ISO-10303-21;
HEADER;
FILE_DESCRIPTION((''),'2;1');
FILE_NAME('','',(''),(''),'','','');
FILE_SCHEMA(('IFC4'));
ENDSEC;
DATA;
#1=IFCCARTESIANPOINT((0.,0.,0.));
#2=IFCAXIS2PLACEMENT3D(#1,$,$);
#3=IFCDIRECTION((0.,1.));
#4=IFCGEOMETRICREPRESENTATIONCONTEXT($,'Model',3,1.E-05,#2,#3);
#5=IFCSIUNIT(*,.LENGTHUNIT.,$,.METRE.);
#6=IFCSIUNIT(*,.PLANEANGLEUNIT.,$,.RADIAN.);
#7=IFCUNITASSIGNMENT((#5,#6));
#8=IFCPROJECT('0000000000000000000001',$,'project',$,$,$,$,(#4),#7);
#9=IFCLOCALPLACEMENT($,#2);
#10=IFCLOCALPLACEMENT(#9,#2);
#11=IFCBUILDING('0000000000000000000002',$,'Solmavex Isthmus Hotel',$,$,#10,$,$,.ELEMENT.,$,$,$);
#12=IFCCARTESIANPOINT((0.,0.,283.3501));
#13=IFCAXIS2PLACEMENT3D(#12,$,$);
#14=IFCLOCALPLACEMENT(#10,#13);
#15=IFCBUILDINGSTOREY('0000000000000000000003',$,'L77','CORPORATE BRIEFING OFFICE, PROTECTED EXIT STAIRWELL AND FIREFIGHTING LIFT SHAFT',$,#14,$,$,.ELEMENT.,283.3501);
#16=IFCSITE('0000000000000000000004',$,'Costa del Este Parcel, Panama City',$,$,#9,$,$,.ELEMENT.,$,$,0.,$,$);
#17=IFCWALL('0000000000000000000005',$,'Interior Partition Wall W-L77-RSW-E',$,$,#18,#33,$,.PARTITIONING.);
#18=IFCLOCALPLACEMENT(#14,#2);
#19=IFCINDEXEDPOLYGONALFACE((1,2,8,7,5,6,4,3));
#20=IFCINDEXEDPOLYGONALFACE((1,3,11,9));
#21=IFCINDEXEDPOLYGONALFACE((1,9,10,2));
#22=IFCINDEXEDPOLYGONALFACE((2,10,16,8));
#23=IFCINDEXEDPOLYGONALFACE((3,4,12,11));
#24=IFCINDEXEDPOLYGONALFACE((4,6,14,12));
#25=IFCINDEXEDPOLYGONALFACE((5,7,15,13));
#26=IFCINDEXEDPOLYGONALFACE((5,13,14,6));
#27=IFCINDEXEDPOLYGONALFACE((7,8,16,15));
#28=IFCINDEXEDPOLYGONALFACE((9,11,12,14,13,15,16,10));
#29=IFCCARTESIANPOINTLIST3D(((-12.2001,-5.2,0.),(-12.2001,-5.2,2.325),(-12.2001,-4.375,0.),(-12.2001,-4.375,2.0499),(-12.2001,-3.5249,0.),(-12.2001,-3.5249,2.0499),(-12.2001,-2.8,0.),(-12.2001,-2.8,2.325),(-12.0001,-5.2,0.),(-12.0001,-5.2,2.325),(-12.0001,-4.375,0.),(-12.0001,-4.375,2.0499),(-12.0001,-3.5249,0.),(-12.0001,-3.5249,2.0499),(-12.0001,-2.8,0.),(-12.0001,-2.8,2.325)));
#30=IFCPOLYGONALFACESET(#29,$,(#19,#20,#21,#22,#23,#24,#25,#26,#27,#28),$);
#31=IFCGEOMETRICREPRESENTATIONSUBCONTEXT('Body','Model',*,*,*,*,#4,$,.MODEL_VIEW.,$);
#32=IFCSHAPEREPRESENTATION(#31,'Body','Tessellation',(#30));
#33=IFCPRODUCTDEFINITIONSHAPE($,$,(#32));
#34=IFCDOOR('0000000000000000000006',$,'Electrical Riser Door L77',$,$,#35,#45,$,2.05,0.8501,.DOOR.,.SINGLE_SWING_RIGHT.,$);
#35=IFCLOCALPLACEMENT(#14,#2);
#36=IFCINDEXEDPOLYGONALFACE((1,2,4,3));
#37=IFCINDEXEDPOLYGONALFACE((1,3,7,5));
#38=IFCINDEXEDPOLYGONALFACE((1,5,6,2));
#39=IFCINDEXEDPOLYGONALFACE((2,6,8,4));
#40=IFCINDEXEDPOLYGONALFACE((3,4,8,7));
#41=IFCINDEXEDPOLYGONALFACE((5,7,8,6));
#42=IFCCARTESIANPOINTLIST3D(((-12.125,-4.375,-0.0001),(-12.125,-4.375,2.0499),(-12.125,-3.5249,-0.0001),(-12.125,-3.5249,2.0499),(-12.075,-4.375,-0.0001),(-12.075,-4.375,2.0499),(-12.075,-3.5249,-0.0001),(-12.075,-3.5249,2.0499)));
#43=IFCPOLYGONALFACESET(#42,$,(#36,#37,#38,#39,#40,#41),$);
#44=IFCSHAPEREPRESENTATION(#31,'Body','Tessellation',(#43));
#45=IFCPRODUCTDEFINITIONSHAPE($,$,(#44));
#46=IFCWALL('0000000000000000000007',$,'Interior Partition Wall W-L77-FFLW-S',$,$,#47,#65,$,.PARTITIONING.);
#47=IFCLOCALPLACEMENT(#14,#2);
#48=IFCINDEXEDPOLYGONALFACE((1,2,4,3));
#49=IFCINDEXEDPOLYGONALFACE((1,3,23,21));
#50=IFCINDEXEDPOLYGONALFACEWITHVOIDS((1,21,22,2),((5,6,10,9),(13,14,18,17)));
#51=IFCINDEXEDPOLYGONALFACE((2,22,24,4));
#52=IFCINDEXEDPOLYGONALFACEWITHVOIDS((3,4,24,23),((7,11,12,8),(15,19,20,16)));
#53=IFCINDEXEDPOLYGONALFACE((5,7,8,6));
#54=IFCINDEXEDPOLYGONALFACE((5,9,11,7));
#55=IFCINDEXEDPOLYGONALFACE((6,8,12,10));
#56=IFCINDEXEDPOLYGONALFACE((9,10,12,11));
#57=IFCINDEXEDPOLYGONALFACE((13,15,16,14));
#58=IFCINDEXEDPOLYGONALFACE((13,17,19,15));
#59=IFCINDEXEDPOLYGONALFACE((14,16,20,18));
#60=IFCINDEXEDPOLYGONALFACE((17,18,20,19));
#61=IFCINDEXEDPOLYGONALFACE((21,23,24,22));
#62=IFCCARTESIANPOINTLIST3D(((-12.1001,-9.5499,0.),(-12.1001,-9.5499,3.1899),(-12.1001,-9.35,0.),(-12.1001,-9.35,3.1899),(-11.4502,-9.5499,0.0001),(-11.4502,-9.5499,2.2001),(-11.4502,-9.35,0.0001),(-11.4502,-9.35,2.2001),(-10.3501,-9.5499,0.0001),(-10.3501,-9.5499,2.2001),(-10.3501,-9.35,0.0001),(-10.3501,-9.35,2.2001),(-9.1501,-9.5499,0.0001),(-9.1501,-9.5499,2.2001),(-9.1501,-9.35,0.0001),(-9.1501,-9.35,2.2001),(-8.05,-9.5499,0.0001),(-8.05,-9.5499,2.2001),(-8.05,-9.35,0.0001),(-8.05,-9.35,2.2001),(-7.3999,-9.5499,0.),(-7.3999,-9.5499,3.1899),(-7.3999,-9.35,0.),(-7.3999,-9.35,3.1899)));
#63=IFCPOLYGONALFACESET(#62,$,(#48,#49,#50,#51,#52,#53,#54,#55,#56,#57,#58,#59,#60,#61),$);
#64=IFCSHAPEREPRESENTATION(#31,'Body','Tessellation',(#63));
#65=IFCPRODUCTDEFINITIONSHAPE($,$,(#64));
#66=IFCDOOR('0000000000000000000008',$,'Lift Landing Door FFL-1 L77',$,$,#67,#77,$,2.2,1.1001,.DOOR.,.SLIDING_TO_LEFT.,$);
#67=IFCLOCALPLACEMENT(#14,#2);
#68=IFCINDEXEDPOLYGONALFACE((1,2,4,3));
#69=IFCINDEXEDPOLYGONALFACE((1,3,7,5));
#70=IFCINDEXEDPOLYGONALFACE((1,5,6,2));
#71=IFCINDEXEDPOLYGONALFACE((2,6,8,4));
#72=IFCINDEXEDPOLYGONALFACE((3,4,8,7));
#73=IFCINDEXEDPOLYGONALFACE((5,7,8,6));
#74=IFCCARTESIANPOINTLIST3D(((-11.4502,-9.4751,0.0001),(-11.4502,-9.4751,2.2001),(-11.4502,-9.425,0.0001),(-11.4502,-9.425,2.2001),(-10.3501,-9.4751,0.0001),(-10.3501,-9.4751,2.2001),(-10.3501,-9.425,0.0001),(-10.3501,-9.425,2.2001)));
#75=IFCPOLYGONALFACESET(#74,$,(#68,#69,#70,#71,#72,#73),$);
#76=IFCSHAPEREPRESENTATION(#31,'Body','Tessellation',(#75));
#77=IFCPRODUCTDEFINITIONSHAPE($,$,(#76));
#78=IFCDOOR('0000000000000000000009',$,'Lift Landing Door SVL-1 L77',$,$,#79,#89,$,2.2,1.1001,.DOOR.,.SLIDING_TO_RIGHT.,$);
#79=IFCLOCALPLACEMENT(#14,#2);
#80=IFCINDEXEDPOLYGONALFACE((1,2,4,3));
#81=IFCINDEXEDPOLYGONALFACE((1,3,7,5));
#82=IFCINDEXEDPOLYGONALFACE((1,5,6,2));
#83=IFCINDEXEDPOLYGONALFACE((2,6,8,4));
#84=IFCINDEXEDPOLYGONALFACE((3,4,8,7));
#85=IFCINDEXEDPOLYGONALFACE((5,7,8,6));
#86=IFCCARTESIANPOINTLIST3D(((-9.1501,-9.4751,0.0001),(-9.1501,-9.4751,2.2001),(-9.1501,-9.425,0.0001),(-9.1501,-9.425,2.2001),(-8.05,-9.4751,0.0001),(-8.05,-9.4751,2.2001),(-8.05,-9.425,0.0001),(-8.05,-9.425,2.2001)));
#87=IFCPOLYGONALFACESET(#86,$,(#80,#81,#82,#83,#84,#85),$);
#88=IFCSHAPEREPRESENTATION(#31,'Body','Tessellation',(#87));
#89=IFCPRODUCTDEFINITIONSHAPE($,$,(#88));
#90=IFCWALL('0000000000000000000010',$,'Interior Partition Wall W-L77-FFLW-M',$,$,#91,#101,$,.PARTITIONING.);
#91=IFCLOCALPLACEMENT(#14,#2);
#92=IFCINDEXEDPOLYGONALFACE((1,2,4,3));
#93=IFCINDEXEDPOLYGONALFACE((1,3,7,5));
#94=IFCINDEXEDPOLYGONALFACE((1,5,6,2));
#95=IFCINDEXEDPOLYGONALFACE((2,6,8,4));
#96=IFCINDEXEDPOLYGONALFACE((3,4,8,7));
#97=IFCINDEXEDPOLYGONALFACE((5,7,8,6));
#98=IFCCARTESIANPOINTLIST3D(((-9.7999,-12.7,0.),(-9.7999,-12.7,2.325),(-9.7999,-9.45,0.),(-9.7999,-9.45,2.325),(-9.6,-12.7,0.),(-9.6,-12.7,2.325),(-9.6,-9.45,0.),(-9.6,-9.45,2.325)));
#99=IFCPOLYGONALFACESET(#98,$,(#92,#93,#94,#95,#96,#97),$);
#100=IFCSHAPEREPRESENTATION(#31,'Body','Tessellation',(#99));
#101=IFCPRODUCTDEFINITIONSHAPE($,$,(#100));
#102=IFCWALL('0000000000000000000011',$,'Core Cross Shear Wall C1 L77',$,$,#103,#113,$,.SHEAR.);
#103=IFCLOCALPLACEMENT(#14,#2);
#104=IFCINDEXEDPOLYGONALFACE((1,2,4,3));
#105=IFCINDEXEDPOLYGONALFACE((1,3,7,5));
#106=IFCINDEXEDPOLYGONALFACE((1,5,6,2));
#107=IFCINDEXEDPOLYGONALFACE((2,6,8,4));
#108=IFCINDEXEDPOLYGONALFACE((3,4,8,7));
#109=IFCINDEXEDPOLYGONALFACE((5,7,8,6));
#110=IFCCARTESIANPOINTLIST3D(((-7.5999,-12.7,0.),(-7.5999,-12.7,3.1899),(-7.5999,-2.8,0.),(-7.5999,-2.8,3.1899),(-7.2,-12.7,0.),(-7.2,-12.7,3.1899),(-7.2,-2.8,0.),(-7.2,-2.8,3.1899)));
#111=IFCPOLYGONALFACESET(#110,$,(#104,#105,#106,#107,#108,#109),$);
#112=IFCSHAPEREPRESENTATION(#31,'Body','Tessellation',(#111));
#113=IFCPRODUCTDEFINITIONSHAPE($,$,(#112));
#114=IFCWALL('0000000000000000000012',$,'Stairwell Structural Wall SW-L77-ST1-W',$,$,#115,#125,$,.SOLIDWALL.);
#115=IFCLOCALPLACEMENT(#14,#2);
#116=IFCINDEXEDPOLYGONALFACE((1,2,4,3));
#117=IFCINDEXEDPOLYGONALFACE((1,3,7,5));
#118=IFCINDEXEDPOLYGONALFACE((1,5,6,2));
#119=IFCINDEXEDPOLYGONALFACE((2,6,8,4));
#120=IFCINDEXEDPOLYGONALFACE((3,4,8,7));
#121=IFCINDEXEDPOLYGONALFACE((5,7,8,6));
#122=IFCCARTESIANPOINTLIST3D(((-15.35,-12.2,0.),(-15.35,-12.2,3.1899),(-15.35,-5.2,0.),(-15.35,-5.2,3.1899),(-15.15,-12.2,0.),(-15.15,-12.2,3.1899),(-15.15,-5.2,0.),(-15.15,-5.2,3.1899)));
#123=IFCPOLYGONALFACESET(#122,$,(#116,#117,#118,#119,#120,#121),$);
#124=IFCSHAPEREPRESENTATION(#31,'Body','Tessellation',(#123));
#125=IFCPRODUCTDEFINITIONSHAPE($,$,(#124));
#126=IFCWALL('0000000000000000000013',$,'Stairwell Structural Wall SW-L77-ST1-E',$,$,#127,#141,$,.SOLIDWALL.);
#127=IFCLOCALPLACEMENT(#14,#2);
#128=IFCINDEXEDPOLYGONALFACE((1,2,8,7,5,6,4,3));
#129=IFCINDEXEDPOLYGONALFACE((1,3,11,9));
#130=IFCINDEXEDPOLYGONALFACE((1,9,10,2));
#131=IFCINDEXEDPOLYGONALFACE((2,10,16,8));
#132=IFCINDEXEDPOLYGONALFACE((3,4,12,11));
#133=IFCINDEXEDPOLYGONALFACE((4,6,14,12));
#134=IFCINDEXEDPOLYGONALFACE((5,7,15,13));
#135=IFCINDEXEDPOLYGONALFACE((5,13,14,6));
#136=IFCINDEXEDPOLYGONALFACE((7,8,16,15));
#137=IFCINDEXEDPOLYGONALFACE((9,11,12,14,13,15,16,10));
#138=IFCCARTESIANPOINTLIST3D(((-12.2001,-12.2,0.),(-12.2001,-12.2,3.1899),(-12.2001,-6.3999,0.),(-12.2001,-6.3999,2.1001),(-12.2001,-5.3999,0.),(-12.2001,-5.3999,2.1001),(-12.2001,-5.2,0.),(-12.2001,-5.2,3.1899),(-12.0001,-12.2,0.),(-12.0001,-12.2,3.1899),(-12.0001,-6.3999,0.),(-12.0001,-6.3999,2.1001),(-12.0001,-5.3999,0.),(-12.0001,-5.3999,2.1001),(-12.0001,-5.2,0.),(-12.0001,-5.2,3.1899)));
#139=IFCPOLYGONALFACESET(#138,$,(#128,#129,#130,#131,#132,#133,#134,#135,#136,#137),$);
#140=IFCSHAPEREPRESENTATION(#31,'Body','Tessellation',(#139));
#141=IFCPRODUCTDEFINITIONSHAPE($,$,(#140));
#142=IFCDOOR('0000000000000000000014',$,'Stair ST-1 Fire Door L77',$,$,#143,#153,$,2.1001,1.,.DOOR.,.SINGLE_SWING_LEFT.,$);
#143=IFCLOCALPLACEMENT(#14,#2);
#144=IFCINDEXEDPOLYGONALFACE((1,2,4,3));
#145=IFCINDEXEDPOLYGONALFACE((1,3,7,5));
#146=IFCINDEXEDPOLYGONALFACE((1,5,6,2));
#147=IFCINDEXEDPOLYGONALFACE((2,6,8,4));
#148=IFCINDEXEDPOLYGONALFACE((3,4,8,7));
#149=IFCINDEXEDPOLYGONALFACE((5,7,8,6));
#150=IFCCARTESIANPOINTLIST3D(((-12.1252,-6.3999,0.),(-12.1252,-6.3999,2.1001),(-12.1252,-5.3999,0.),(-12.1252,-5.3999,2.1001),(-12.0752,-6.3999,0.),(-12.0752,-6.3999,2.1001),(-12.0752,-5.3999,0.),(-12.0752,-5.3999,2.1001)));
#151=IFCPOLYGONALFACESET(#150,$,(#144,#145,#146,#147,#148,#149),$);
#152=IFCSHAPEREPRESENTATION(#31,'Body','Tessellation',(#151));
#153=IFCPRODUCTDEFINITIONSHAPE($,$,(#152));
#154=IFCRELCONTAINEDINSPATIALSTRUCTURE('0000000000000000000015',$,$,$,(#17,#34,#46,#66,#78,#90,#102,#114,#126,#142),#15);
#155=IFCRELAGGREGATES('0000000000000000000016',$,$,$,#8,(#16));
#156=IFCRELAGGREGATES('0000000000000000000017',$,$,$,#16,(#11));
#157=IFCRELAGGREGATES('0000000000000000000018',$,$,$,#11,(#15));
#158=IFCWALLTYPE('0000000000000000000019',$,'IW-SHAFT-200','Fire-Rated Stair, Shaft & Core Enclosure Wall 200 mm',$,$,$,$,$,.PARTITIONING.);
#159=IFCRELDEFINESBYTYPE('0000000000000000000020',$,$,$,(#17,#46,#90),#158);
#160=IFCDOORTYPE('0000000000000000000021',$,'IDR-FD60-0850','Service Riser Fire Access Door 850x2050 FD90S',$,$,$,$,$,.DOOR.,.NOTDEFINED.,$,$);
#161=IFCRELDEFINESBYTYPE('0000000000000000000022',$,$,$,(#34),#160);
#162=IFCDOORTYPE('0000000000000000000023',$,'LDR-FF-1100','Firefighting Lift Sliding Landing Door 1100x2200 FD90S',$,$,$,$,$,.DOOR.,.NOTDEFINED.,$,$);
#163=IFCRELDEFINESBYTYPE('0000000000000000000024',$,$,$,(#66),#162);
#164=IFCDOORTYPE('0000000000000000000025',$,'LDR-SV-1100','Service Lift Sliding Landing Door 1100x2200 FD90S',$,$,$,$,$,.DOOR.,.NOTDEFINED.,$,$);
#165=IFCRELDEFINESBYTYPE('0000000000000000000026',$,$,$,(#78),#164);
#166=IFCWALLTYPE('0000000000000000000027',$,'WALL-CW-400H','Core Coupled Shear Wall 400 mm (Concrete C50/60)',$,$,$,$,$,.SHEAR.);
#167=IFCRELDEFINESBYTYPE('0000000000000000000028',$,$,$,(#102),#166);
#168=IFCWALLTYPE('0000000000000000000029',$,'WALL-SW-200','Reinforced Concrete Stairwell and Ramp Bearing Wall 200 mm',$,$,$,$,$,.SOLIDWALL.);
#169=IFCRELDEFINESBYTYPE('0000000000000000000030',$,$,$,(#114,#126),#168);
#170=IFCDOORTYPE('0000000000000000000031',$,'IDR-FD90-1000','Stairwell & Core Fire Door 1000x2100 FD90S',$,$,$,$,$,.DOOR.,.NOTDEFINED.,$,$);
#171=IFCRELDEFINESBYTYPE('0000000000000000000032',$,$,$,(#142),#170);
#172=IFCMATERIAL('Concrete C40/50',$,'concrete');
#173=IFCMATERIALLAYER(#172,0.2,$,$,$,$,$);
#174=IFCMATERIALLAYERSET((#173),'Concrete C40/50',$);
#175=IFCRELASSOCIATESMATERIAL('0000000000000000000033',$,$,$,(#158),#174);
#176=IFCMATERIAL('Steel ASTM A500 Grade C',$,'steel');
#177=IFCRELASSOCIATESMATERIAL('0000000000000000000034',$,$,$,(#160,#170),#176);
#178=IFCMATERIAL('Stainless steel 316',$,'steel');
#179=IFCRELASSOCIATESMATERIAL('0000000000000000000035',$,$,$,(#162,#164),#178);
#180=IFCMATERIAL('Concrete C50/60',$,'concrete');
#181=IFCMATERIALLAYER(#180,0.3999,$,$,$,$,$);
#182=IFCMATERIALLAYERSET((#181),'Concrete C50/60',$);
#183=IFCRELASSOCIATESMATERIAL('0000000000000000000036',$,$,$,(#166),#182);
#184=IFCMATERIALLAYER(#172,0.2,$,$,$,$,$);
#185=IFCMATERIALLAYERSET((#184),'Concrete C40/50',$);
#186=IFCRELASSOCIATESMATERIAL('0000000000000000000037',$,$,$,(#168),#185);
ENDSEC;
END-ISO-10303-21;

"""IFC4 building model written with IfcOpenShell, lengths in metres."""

from ifc_helpers import new_model, si_unit, direction, frame, frame_2d, origin, place, context, subcontext, project, spatial, rectangle, extrude, material, layer, layer_set, type_object, element, fill, save


model = new_model("IFC4")

# Units and contexts
model_context = context("Model", 3, precision=1e-05, world=origin(), true_north=direction((0.0, 1.0)))
body_context = subcontext(model_context, "Body", "Model", "MODEL_VIEW")
ifc_project = project(units=[si_unit("LENGTHUNIT", "METRE"), si_unit("PLANEANGLEUNIT", "RADIAN")], contexts=[model_context])

# Site, building, storey
site_placement = place(None, origin())
site = spatial("IfcSite", under=ifc_project, at=site_placement, Name="Costa del Este Parcel, Panama City", CompositionType="ELEMENT", RefElevation=0.0)
building_placement = place(site_placement, origin())
building = spatial("IfcBuilding", under=site, at=building_placement, Name="Solmavex Isthmus Hotel", CompositionType="ELEMENT")
storey_placement = place(building_placement, frame((0.0, 0.0, 283.3501)))
storey = spatial("IfcBuildingStorey", under=building, at=storey_placement, Name="L77", Description="CORPORATE BRIEFING OFFICE, PROTECTED EXIT STAIRWELL AND FIREFIGHTING LIFT SHAFT", CompositionType="ELEMENT", Elevation=283.3501)

# Shared definitions
ifc_material_1 = material(Name="Concrete C50/60", Category="concrete")

# Wall, opening, door
ifc_material_2 = material(Name="Concrete C40/50", Category="concrete")
ifc_layer_1 = layer(ifc_material_2, 0.2)
ifc_layer_set_1 = layer_set([ifc_layer_1], Name="Concrete C40/50")
wall_type_1 = type_object("IfcWallType", Name="IW-SHAFT-200", Description="Fire-Rated Stair, Shaft & Core Enclosure Wall 200 mm", PredefinedType="PARTITIONING", material=ifc_layer_set_1)
wall_1_placement = place(storey_placement, frame((-12.1001, -5.2, 0.0), z_axis=(0.0, 0.0, 1.0), x_axis=(0.0, 1.0, 0.0)))
wall_1 = element("IfcWall", 1, at=wall_1_placement, inside=storey, type_object=wall_type_1, Name="Interior Partition Wall W-L77-RSW-E", PredefinedType="PARTITIONING", context=body_context, shape_type="SweptSolid", body=[
    extrude(rectangle(XDim=2.3999, YDim=0.2, at=frame_2d((1.2, 0.0))), origin(), (0.0, 0.0, 1.0), 2.325),
])
opening_1_placement = place(wall_1_placement, frame((0.825, 0.0, 0.0)))
opening_1 = element("IfcOpeningElement", 2, at=opening_1_placement, cuts=wall_1, PredefinedType="OPENING", context=body_context, shape_type="SweptSolid", body=[
    extrude(rectangle(XDim=0.8501, YDim=2.05, at=frame_2d((0.425, 1.0249))), frame((0.0, 0.1099, 0.0), z_axis=(0.0, -1.0, 0.0), x_axis=(1.0, 0.0, 0.0)), (0.0, 0.0, 1.0), 0.22),
])
ifc_material_3 = material(Name="Steel ASTM A500 Grade C", Category="steel")
door_type_1 = type_object("IfcDoorType", Name="IDR-FD60-0850", Description="Service Riser Fire Access Door 850x2050 FD90S", OperationType="NOTDEFINED", PredefinedType="DOOR", material=ifc_material_3)
door_1_placement = place(opening_1_placement, origin())
door_1 = element("IfcDoor", 3, at=door_1_placement, inside=storey, type_object=door_type_1, Name="Electrical Riser Door L77", OperationType="SINGLE_SWING_RIGHT", OverallHeight=2.05, OverallWidth=0.8501, PredefinedType="DOOR", context=body_context, shape_type="SweptSolid", body=[
    extrude(rectangle(XDim=0.8501, YDim=2.05, at=frame_2d((0.425, 1.0249))), frame((0.0, 0.0249, 0.0), z_axis=(0.0, -1.0, 0.0), x_axis=(1.0, 0.0, 0.0)), (0.0, 0.0, 1.0), 0.05),
])
fill(opening_1, door_1)

# Wall, openings, doors
wall_2_placement = place(storey_placement, frame((-12.1001, -9.45, 0.0), z_axis=(0.0, 0.0, 1.0), x_axis=(1.0, 0.0, 0.0)))
wall_2 = element("IfcWall", 4, at=wall_2_placement, inside=storey, type_object=wall_type_1, Name="Interior Partition Wall W-L77-FFLW-S", PredefinedType="PARTITIONING", context=body_context, shape_type="SweptSolid", body=[
    extrude(rectangle(XDim=4.7002, YDim=0.2, at=frame_2d((2.3501, 0.0))), origin(), (0.0, 0.0, 1.0), 3.1899),
])
opening_2_placement = place(wall_2_placement, frame((0.6499, 0.0, 0.0)))
opening_2 = element("IfcOpeningElement", 5, at=opening_2_placement, cuts=wall_2, PredefinedType="OPENING", context=body_context, shape_type="SweptSolid", body=[
    extrude(rectangle(XDim=1.1001, YDim=2.2, at=frame_2d((0.55, 1.1001))), frame((0.0, 0.1099, 0.0), z_axis=(0.0, -1.0, 0.0), x_axis=(1.0, 0.0, 0.0)), (0.0, 0.0, 1.0), 0.22),
])
opening_3_placement = place(wall_2_placement, frame((2.95, 0.0, 0.0)))
opening_3 = element("IfcOpeningElement", 6, at=opening_3_placement, cuts=wall_2, PredefinedType="OPENING", context=body_context, shape_type="SweptSolid", body=[
    extrude(rectangle(XDim=1.1001, YDim=2.2, at=frame_2d((0.55, 1.1001))), frame((0.0, 0.1099, 0.0), z_axis=(0.0, -1.0, 0.0), x_axis=(1.0, 0.0, 0.0)), (0.0, 0.0, 1.0), 0.22),
])
ifc_material_4 = material(Name="Stainless steel 316", Category="steel")
door_type_2 = type_object("IfcDoorType", Name="LDR-FF-1100", Description="Firefighting Lift Sliding Landing Door 1100x2200 FD90S", OperationType="NOTDEFINED", PredefinedType="DOOR", material=ifc_material_4)
door_2_placement = place(opening_2_placement, origin())
door_2 = element("IfcDoor", 7, at=door_2_placement, inside=storey, type_object=door_type_2, Name="Lift Landing Door FFL-1 L77", OperationType="SLIDING_TO_LEFT", OverallHeight=2.2, OverallWidth=1.1001, PredefinedType="DOOR", context=body_context, shape_type="SweptSolid", body=[
    extrude(rectangle(XDim=1.1001, YDim=2.2, at=frame_2d((0.55, 1.1001))), frame((0.0, 0.0249, 0.0), z_axis=(0.0, -1.0, 0.0), x_axis=(1.0, 0.0, 0.0)), (0.0, 0.0, 1.0), 0.05),
])
fill(opening_2, door_2)
door_type_3 = type_object("IfcDoorType", Name="LDR-SV-1100", Description="Service Lift Sliding Landing Door 1100x2200 FD90S", OperationType="NOTDEFINED", PredefinedType="DOOR", material=ifc_material_4)
door_3_placement = place(opening_3_placement, origin())
door_3 = element("IfcDoor", 8, at=door_3_placement, inside=storey, type_object=door_type_3, Name="Lift Landing Door SVL-1 L77", OperationType="SLIDING_TO_RIGHT", OverallHeight=2.2, OverallWidth=1.1001, PredefinedType="DOOR", context=body_context, shape_type="SweptSolid", body=[
    extrude(rectangle(XDim=1.1001, YDim=2.2, at=frame_2d((0.55, 1.1001))), frame((0.0, 0.0249, 0.0), z_axis=(0.0, -1.0, 0.0), x_axis=(1.0, 0.0, 0.0)), (0.0, 0.0, 1.0), 0.05),
])
fill(opening_3, door_3)

# Walls
wall_3_placement = place(storey_placement, frame((-9.7, -12.7, 0.0), z_axis=(0.0, 0.0, 1.0), x_axis=(0.0, 1.0, 0.0)))
element("IfcWall", 9, at=wall_3_placement, inside=storey, type_object=wall_type_1, Name="Interior Partition Wall W-L77-FFLW-M", PredefinedType="PARTITIONING", context=body_context, shape_type="SweptSolid", body=[
    extrude(rectangle(XDim=3.25, YDim=0.2, at=frame_2d((1.625, 0.0))), origin(), (0.0, 0.0, 1.0), 2.325),
])
ifc_layer_2 = layer(ifc_material_1, 0.3999)
ifc_layer_set_2 = layer_set([ifc_layer_2], Name="Concrete C50/60")
wall_type_2 = type_object("IfcWallType", Name="WALL-CW-400H", Description="Core Coupled Shear Wall 400 mm (Concrete C50/60)", PredefinedType="SHEAR", material=ifc_layer_set_2)
wall_4_placement = place(storey_placement, frame((-7.3999, -12.7, 0.0), z_axis=(0.0, 0.0, 1.0), x_axis=(0.0, 1.0, 0.0)))
element("IfcWall", 10, at=wall_4_placement, inside=storey, type_object=wall_type_2, Name="Core Cross Shear Wall C1 L77", PredefinedType="SHEAR", context=body_context, shape_type="SweptSolid", body=[
    extrude(rectangle(XDim=9.8999, YDim=0.3999, at=frame_2d((4.95, 0.0))), origin(), (0.0, 0.0, 1.0), 3.1899),
])
ifc_layer_3 = layer(ifc_material_2, 0.2)
ifc_layer_set_3 = layer_set([ifc_layer_3], Name="Concrete C40/50")
wall_type_3 = type_object("IfcWallType", Name="WALL-SW-200", Description="Reinforced Concrete Stairwell and Ramp Bearing Wall 200 mm", PredefinedType="SOLIDWALL", material=ifc_layer_set_3)
wall_5_placement = place(storey_placement, frame((-15.25, -12.2, 0.0), z_axis=(0.0, 0.0, 1.0), x_axis=(0.0, 1.0, 0.0)))
element("IfcWall", 11, at=wall_5_placement, inside=storey, type_object=wall_type_3, Name="Stairwell Structural Wall SW-L77-ST1-W", PredefinedType="SOLIDWALL", context=body_context, shape_type="SweptSolid", body=[
    extrude(rectangle(XDim=7.0, YDim=0.2, at=frame_2d((3.5, 0.0))), origin(), (0.0, 0.0, 1.0), 3.1899),
])

# Wall, opening, door
wall_6_placement = place(storey_placement, frame((-12.1001, -12.2, 0.0), z_axis=(0.0, 0.0, 1.0), x_axis=(0.0, 1.0, 0.0)))
wall_6 = element("IfcWall", 12, at=wall_6_placement, inside=storey, type_object=wall_type_3, Name="Stairwell Structural Wall SW-L77-ST1-E", PredefinedType="SOLIDWALL", context=body_context, shape_type="SweptSolid", body=[
    extrude(rectangle(XDim=7.0, YDim=0.2, at=frame_2d((3.5, 0.0))), origin(), (0.0, 0.0, 1.0), 3.1899),
])
opening_4_placement = place(wall_6_placement, frame((5.8, 0.0, 0.0)))
opening_4 = element("IfcOpeningElement", 13, at=opening_4_placement, cuts=wall_6, PredefinedType="OPENING", context=body_context, shape_type="SweptSolid", body=[
    extrude(rectangle(XDim=1.0, YDim=2.1001, at=frame_2d((0.5, 1.05))), frame((0.0, 0.1099, 0.0), z_axis=(0.0, -1.0, 0.0), x_axis=(1.0, 0.0, 0.0)), (0.0, 0.0, 1.0), 0.22),
])
door_type_4 = type_object("IfcDoorType", Name="IDR-FD90-1000", Description="Stairwell & Core Fire Door 1000x2100 FD90S", OperationType="NOTDEFINED", PredefinedType="DOOR", material=ifc_material_3)
door_4_placement = place(opening_4_placement, frame((1.0, 0.0, 0.0), z_axis=(0.0, 0.0, 1.0), x_axis=(-1.0, 0.0, 0.0)))
door_4 = element("IfcDoor", 14, at=door_4_placement, inside=storey, type_object=door_type_4, Name="Stair ST-1 Fire Door L77", OperationType="SINGLE_SWING_LEFT", OverallHeight=2.1001, OverallWidth=1.0, PredefinedType="DOOR", context=body_context, shape_type="SweptSolid", body=[
    extrude(rectangle(XDim=1.0, YDim=2.1001, at=frame_2d((0.5, 1.05))), frame((0.0, 0.0249, 0.0), z_axis=(0.0, -1.0, 0.0), x_axis=(1.0, 0.0, 0.0)), (0.0, 0.0, 1.0), 0.05),
])
fill(opening_4, door_4)

save(model, "model.ifc")
